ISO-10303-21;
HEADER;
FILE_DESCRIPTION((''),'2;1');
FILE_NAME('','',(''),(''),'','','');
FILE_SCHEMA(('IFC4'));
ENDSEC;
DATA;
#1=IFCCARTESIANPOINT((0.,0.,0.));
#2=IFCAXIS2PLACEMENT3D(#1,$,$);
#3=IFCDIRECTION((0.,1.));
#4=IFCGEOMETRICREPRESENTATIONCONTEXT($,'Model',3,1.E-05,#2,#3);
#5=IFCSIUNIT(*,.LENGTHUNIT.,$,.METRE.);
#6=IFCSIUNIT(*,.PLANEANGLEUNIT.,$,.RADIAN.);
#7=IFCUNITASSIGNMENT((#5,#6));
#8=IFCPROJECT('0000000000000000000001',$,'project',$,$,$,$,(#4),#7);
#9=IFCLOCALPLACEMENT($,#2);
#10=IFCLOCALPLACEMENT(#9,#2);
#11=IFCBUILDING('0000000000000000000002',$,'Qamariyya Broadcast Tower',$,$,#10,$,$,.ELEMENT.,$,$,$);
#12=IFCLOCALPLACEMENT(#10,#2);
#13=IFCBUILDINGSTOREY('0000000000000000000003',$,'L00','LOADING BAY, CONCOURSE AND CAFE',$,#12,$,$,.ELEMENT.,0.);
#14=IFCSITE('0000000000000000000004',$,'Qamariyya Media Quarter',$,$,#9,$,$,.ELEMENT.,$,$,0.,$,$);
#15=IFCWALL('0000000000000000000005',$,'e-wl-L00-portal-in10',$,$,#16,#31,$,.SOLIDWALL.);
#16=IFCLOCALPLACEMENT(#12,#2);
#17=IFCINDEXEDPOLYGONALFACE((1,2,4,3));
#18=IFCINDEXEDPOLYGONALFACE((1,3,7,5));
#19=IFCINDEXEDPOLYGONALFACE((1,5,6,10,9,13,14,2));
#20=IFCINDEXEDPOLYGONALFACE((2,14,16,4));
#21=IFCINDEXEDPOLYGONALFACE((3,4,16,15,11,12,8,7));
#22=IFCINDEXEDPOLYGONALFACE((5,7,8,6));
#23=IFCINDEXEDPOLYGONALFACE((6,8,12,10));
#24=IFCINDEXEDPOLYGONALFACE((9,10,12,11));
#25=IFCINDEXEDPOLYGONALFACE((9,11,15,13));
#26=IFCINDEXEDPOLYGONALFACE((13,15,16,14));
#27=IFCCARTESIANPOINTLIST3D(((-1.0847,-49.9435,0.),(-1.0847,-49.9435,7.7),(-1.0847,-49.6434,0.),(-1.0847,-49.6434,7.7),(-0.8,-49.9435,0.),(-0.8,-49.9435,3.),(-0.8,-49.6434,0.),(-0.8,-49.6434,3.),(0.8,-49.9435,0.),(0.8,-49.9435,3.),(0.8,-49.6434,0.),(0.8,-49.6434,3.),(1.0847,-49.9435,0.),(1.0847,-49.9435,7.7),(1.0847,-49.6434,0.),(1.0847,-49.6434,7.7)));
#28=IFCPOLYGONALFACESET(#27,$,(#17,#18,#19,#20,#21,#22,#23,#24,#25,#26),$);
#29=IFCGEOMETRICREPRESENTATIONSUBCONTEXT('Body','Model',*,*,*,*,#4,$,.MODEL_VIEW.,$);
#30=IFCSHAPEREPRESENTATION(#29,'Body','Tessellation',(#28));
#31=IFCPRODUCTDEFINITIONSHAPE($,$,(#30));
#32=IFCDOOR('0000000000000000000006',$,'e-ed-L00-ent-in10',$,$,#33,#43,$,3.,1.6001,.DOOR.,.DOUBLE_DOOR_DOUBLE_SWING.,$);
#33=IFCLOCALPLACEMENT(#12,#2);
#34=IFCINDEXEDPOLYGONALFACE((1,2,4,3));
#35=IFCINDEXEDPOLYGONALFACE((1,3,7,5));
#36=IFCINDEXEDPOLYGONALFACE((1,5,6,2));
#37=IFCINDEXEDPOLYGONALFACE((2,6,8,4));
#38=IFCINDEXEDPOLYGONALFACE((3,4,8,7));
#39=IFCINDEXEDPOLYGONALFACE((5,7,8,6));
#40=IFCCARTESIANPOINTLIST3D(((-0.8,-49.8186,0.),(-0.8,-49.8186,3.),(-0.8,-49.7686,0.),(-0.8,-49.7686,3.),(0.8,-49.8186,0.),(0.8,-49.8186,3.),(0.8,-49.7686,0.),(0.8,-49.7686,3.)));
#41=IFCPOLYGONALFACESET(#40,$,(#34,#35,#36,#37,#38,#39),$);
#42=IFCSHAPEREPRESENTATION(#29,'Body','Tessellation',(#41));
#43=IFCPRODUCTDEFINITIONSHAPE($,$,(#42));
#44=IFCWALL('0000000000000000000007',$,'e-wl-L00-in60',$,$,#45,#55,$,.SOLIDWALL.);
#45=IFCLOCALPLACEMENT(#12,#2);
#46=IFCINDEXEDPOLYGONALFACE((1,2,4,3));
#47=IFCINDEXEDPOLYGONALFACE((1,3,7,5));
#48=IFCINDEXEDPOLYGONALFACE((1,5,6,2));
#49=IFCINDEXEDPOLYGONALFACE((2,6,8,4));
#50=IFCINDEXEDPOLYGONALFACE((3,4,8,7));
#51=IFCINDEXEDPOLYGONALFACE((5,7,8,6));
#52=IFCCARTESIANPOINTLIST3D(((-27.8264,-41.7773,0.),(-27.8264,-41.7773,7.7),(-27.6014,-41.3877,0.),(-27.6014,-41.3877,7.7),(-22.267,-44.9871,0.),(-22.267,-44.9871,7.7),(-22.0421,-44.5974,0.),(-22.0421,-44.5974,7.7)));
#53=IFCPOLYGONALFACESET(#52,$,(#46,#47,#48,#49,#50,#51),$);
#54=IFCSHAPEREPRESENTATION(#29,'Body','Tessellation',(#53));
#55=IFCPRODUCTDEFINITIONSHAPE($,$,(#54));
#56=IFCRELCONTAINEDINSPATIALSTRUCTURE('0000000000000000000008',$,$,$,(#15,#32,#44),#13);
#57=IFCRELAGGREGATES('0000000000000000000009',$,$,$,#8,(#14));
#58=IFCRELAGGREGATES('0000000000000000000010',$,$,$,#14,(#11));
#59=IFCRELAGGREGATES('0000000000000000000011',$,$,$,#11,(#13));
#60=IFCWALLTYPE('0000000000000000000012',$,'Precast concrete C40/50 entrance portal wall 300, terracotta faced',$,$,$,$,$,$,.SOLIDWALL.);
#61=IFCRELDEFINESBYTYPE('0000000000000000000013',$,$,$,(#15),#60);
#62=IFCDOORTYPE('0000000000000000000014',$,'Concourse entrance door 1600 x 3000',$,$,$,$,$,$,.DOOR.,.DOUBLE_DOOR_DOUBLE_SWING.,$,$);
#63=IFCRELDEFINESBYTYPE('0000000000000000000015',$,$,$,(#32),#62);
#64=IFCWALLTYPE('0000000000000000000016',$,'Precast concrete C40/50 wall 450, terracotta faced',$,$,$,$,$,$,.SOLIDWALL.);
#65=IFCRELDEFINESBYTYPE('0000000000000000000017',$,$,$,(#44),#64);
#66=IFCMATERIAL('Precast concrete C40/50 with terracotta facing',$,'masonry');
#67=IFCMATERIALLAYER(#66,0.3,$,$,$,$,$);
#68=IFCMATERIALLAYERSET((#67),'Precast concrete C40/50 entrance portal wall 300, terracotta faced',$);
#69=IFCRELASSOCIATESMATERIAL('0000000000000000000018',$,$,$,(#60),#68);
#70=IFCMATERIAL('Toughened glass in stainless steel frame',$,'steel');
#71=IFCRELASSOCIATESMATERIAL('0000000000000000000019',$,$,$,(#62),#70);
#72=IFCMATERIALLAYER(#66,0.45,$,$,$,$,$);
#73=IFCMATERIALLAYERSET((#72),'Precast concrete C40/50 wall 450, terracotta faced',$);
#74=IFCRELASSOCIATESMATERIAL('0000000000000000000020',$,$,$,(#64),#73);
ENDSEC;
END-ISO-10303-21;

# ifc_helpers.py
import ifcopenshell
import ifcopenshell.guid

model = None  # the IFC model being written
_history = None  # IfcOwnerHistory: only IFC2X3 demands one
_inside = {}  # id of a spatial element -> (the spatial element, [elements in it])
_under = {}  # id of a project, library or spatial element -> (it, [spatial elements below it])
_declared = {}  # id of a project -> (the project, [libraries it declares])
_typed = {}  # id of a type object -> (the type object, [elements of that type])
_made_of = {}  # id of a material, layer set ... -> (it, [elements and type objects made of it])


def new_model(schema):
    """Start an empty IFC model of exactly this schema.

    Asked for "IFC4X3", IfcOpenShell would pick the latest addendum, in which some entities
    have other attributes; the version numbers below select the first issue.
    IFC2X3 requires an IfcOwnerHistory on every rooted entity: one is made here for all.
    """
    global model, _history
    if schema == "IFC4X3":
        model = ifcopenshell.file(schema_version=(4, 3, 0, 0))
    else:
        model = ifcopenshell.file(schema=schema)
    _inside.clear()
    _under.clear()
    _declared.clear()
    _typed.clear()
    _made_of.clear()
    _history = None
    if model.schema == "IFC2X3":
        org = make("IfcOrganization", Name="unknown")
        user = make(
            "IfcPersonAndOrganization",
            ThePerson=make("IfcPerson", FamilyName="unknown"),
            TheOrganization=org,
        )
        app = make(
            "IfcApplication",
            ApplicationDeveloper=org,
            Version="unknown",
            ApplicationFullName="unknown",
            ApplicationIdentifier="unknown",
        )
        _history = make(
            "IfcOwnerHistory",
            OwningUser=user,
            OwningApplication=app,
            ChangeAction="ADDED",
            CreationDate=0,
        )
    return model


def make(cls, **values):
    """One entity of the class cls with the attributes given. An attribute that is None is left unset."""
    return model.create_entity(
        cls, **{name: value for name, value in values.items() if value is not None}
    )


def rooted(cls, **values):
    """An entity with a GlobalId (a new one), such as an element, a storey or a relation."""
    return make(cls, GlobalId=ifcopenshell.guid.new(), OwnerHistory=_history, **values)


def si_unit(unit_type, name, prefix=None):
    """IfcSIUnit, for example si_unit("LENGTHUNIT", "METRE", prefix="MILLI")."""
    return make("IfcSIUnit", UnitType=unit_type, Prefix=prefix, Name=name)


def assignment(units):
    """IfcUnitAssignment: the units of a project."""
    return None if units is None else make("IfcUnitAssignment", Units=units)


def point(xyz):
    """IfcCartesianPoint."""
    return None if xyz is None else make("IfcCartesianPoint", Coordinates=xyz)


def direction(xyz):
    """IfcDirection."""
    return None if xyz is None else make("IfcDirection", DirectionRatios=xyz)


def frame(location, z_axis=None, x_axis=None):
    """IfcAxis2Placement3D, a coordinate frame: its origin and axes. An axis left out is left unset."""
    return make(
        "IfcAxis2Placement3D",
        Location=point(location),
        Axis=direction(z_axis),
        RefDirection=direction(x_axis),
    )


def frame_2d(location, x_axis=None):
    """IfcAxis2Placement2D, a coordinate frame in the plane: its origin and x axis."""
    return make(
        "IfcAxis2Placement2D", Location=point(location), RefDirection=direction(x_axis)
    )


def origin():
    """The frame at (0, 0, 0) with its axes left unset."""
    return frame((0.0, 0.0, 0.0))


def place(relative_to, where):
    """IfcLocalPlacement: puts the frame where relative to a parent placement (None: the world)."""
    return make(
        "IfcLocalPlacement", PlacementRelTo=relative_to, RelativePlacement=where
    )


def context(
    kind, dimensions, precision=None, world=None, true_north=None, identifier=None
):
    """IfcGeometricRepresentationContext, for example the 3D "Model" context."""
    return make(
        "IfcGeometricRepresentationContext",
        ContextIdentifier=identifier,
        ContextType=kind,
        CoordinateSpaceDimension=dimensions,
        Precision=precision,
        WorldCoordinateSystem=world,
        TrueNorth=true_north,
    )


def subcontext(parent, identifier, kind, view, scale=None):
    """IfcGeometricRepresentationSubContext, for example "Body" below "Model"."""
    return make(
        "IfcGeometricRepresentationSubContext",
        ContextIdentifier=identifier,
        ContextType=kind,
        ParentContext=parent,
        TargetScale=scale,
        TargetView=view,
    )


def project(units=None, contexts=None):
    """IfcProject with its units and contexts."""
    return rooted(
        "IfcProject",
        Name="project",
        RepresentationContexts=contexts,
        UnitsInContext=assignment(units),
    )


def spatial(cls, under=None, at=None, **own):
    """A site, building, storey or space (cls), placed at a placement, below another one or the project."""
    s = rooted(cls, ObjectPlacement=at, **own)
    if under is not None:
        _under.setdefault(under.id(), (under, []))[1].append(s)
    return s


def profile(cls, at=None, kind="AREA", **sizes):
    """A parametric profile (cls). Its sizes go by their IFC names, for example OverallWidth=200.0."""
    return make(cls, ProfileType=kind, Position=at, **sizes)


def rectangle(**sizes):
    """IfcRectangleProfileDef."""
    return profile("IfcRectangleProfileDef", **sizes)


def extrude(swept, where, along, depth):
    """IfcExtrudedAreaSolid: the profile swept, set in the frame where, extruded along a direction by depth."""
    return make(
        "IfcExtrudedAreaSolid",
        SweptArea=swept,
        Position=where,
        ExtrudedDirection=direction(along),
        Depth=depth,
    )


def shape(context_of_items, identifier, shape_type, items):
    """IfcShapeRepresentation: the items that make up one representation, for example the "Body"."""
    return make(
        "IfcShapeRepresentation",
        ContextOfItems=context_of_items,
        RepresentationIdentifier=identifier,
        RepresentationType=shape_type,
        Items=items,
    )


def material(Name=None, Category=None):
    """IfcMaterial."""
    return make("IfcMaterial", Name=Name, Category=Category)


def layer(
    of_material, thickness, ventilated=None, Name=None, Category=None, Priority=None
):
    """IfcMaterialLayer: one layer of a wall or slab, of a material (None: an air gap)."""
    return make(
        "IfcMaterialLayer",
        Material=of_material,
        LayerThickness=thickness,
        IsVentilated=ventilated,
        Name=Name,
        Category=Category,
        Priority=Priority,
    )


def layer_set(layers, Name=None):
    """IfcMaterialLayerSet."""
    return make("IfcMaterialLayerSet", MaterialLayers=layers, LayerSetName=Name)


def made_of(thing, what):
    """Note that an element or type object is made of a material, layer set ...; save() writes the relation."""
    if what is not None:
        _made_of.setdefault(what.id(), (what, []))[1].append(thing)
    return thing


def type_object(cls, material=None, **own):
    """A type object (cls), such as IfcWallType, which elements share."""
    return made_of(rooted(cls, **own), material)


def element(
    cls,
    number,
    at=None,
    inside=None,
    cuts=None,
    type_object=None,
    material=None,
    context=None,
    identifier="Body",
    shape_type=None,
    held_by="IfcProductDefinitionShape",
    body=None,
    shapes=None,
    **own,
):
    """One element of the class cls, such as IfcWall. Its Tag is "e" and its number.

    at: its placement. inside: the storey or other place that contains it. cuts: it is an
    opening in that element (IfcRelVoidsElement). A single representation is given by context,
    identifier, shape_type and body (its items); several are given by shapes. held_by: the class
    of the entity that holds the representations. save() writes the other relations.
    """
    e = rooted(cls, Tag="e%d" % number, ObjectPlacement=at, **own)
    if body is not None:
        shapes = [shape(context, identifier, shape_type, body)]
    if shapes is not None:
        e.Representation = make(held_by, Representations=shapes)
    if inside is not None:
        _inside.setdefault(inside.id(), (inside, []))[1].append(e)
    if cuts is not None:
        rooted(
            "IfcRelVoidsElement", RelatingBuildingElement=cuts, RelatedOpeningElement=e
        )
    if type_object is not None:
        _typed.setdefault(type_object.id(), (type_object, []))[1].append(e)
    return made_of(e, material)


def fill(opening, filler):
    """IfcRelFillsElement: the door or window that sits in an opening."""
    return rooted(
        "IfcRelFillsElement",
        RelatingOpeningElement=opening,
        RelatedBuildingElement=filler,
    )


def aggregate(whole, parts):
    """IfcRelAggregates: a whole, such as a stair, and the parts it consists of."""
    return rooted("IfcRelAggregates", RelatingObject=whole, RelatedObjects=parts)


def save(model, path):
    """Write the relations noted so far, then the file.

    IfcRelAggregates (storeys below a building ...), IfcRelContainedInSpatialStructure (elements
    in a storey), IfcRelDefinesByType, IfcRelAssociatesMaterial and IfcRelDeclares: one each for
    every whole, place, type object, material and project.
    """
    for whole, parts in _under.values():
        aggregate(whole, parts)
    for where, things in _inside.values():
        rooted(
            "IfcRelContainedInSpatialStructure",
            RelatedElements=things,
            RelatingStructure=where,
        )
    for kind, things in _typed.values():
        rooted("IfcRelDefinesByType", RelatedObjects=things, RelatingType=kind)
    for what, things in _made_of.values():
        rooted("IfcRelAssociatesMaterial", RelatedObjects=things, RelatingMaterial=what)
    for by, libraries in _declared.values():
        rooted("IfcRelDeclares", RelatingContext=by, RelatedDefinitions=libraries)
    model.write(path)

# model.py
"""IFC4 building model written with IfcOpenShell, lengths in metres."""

from ifc_helpers import new_model, si_unit, direction, frame, frame_2d, origin, place, context, subcontext, project, spatial, rectangle, extrude, material, layer, layer_set, type_object, element, fill, save


model = new_model("IFC4")

# Units and contexts
model_context = context("Model", 3, precision=1e-05, world=origin(), true_north=direction((0.0, 1.0)))
body_context = subcontext(model_context, "Body", "Model", "MODEL_VIEW")
ifc_project = project(units=[si_unit("LENGTHUNIT", "METRE"), si_unit("PLANEANGLEUNIT", "RADIAN")], contexts=[model_context])

# Site, building, storey
site_placement = place(None, origin())
site = spatial("IfcSite", under=ifc_project, at=site_placement, Name="Qamariyya Media Quarter", CompositionType="ELEMENT", RefElevation=0.0)
building_placement = place(site_placement, origin())
building = spatial("IfcBuilding", under=site, at=building_placement, Name="Qamariyya Broadcast Tower", CompositionType="ELEMENT")
storey_placement = place(building_placement, origin())
storey = spatial("IfcBuildingStorey", under=building, at=storey_placement, Name="L00", Description="LOADING BAY, CONCOURSE AND CAFE", CompositionType="ELEMENT", Elevation=0.0)

# Wall, opening, door
ifc_material_1 = material(Name="Precast concrete C40/50 with terracotta facing", Category="masonry")
ifc_layer_1 = layer(ifc_material_1, 0.3)
ifc_layer_set_1 = layer_set([ifc_layer_1], Name="Precast concrete C40/50 entrance portal wall 300, terracotta faced")
wall_type_1 = type_object("IfcWallType", Name="Precast concrete C40/50 entrance portal wall 300, terracotta faced", PredefinedType="SOLIDWALL", material=ifc_layer_set_1)
ifc_material_2 = material(Name="Toughened glass in stainless steel frame", Category="steel")
door_type_1 = type_object("IfcDoorType", Name="Concourse entrance door 1600 x 3000", OperationType="DOUBLE_DOOR_DOUBLE_SWING", PredefinedType="DOOR", material=ifc_material_2)
wall_1_placement = place(storey_placement, frame((-1.0847, -49.7935, 0.0), z_axis=(0.0, 0.0, 1.0), x_axis=(1.0, 0.0, 0.0)))
wall_1 = element("IfcWall", 1, at=wall_1_placement, inside=storey, type_object=wall_type_1, Name="e-wl-L00-portal-in10", PredefinedType="SOLIDWALL", context=body_context, shape_type="SweptSolid", body=[
    extrude(rectangle(XDim=2.1694, YDim=0.3, at=frame_2d((1.0847, 0.0))), origin(), (0.0, 0.0, 1.0), 7.7),
])
opening_1_placement = place(wall_1_placement, frame((0.2847, 0.0, 0.0)))
opening_1 = element("IfcOpeningElement", 2, at=opening_1_placement, cuts=wall_1, PredefinedType="OPENING", context=body_context, shape_type="SweptSolid", body=[
    extrude(rectangle(XDim=1.6001, YDim=3.0, at=frame_2d((0.8, 1.5))), frame((0.0, 0.1599, 0.0), z_axis=(0.0, -1.0, 0.0), x_axis=(1.0, 0.0, 0.0)), (0.0, 0.0, 1.0), 0.3201),
])
door_1_placement = place(opening_1_placement, origin())
door_1 = element("IfcDoor", 3, at=door_1_placement, inside=storey, type_object=door_type_1, Name="e-ed-L00-ent-in10", OperationType="DOUBLE_DOOR_DOUBLE_SWING", OverallHeight=3.0, OverallWidth=1.6001, PredefinedType="DOOR", context=body_context, shape_type="SweptSolid", body=[
    extrude(rectangle(XDim=1.6001, YDim=3.0, at=frame_2d((0.8, 1.5))), frame((0.0, 0.0249, 0.0), z_axis=(0.0, -1.0, 0.0), x_axis=(1.0, 0.0, 0.0)), (0.0, 0.0, 1.0), 0.05),
])
fill(opening_1, door_1)
ifc_layer_2 = layer(ifc_material_1, 0.45)
ifc_layer_set_2 = layer_set([ifc_layer_2], Name="Precast concrete C40/50 wall 450, terracotta faced")
wall_type_2 = type_object("IfcWallType", Name="Precast concrete C40/50 wall 450, terracotta faced", PredefinedType="SOLIDWALL", material=ifc_layer_set_2)

# Wall
wall_2_placement = place(storey_placement, frame((-22.1545, -44.7922, 0.0), z_axis=(0.0, 0.0, 1.0), x_axis=(-0.866023, 0.500004, 0.0)))
element("IfcWall", 4, at=wall_2_placement, inside=storey, type_object=wall_type_2, Name="e-wl-L00-in60", PredefinedType="SOLIDWALL", context=body_context, shape_type="SweptSolid", body=[
    extrude(rectangle(XDim=6.4194, YDim=0.45, at=frame_2d((3.2097, 0.0))), origin(), (0.0, 0.0, 1.0), 7.7),
])

save(model, "model.ifc")
